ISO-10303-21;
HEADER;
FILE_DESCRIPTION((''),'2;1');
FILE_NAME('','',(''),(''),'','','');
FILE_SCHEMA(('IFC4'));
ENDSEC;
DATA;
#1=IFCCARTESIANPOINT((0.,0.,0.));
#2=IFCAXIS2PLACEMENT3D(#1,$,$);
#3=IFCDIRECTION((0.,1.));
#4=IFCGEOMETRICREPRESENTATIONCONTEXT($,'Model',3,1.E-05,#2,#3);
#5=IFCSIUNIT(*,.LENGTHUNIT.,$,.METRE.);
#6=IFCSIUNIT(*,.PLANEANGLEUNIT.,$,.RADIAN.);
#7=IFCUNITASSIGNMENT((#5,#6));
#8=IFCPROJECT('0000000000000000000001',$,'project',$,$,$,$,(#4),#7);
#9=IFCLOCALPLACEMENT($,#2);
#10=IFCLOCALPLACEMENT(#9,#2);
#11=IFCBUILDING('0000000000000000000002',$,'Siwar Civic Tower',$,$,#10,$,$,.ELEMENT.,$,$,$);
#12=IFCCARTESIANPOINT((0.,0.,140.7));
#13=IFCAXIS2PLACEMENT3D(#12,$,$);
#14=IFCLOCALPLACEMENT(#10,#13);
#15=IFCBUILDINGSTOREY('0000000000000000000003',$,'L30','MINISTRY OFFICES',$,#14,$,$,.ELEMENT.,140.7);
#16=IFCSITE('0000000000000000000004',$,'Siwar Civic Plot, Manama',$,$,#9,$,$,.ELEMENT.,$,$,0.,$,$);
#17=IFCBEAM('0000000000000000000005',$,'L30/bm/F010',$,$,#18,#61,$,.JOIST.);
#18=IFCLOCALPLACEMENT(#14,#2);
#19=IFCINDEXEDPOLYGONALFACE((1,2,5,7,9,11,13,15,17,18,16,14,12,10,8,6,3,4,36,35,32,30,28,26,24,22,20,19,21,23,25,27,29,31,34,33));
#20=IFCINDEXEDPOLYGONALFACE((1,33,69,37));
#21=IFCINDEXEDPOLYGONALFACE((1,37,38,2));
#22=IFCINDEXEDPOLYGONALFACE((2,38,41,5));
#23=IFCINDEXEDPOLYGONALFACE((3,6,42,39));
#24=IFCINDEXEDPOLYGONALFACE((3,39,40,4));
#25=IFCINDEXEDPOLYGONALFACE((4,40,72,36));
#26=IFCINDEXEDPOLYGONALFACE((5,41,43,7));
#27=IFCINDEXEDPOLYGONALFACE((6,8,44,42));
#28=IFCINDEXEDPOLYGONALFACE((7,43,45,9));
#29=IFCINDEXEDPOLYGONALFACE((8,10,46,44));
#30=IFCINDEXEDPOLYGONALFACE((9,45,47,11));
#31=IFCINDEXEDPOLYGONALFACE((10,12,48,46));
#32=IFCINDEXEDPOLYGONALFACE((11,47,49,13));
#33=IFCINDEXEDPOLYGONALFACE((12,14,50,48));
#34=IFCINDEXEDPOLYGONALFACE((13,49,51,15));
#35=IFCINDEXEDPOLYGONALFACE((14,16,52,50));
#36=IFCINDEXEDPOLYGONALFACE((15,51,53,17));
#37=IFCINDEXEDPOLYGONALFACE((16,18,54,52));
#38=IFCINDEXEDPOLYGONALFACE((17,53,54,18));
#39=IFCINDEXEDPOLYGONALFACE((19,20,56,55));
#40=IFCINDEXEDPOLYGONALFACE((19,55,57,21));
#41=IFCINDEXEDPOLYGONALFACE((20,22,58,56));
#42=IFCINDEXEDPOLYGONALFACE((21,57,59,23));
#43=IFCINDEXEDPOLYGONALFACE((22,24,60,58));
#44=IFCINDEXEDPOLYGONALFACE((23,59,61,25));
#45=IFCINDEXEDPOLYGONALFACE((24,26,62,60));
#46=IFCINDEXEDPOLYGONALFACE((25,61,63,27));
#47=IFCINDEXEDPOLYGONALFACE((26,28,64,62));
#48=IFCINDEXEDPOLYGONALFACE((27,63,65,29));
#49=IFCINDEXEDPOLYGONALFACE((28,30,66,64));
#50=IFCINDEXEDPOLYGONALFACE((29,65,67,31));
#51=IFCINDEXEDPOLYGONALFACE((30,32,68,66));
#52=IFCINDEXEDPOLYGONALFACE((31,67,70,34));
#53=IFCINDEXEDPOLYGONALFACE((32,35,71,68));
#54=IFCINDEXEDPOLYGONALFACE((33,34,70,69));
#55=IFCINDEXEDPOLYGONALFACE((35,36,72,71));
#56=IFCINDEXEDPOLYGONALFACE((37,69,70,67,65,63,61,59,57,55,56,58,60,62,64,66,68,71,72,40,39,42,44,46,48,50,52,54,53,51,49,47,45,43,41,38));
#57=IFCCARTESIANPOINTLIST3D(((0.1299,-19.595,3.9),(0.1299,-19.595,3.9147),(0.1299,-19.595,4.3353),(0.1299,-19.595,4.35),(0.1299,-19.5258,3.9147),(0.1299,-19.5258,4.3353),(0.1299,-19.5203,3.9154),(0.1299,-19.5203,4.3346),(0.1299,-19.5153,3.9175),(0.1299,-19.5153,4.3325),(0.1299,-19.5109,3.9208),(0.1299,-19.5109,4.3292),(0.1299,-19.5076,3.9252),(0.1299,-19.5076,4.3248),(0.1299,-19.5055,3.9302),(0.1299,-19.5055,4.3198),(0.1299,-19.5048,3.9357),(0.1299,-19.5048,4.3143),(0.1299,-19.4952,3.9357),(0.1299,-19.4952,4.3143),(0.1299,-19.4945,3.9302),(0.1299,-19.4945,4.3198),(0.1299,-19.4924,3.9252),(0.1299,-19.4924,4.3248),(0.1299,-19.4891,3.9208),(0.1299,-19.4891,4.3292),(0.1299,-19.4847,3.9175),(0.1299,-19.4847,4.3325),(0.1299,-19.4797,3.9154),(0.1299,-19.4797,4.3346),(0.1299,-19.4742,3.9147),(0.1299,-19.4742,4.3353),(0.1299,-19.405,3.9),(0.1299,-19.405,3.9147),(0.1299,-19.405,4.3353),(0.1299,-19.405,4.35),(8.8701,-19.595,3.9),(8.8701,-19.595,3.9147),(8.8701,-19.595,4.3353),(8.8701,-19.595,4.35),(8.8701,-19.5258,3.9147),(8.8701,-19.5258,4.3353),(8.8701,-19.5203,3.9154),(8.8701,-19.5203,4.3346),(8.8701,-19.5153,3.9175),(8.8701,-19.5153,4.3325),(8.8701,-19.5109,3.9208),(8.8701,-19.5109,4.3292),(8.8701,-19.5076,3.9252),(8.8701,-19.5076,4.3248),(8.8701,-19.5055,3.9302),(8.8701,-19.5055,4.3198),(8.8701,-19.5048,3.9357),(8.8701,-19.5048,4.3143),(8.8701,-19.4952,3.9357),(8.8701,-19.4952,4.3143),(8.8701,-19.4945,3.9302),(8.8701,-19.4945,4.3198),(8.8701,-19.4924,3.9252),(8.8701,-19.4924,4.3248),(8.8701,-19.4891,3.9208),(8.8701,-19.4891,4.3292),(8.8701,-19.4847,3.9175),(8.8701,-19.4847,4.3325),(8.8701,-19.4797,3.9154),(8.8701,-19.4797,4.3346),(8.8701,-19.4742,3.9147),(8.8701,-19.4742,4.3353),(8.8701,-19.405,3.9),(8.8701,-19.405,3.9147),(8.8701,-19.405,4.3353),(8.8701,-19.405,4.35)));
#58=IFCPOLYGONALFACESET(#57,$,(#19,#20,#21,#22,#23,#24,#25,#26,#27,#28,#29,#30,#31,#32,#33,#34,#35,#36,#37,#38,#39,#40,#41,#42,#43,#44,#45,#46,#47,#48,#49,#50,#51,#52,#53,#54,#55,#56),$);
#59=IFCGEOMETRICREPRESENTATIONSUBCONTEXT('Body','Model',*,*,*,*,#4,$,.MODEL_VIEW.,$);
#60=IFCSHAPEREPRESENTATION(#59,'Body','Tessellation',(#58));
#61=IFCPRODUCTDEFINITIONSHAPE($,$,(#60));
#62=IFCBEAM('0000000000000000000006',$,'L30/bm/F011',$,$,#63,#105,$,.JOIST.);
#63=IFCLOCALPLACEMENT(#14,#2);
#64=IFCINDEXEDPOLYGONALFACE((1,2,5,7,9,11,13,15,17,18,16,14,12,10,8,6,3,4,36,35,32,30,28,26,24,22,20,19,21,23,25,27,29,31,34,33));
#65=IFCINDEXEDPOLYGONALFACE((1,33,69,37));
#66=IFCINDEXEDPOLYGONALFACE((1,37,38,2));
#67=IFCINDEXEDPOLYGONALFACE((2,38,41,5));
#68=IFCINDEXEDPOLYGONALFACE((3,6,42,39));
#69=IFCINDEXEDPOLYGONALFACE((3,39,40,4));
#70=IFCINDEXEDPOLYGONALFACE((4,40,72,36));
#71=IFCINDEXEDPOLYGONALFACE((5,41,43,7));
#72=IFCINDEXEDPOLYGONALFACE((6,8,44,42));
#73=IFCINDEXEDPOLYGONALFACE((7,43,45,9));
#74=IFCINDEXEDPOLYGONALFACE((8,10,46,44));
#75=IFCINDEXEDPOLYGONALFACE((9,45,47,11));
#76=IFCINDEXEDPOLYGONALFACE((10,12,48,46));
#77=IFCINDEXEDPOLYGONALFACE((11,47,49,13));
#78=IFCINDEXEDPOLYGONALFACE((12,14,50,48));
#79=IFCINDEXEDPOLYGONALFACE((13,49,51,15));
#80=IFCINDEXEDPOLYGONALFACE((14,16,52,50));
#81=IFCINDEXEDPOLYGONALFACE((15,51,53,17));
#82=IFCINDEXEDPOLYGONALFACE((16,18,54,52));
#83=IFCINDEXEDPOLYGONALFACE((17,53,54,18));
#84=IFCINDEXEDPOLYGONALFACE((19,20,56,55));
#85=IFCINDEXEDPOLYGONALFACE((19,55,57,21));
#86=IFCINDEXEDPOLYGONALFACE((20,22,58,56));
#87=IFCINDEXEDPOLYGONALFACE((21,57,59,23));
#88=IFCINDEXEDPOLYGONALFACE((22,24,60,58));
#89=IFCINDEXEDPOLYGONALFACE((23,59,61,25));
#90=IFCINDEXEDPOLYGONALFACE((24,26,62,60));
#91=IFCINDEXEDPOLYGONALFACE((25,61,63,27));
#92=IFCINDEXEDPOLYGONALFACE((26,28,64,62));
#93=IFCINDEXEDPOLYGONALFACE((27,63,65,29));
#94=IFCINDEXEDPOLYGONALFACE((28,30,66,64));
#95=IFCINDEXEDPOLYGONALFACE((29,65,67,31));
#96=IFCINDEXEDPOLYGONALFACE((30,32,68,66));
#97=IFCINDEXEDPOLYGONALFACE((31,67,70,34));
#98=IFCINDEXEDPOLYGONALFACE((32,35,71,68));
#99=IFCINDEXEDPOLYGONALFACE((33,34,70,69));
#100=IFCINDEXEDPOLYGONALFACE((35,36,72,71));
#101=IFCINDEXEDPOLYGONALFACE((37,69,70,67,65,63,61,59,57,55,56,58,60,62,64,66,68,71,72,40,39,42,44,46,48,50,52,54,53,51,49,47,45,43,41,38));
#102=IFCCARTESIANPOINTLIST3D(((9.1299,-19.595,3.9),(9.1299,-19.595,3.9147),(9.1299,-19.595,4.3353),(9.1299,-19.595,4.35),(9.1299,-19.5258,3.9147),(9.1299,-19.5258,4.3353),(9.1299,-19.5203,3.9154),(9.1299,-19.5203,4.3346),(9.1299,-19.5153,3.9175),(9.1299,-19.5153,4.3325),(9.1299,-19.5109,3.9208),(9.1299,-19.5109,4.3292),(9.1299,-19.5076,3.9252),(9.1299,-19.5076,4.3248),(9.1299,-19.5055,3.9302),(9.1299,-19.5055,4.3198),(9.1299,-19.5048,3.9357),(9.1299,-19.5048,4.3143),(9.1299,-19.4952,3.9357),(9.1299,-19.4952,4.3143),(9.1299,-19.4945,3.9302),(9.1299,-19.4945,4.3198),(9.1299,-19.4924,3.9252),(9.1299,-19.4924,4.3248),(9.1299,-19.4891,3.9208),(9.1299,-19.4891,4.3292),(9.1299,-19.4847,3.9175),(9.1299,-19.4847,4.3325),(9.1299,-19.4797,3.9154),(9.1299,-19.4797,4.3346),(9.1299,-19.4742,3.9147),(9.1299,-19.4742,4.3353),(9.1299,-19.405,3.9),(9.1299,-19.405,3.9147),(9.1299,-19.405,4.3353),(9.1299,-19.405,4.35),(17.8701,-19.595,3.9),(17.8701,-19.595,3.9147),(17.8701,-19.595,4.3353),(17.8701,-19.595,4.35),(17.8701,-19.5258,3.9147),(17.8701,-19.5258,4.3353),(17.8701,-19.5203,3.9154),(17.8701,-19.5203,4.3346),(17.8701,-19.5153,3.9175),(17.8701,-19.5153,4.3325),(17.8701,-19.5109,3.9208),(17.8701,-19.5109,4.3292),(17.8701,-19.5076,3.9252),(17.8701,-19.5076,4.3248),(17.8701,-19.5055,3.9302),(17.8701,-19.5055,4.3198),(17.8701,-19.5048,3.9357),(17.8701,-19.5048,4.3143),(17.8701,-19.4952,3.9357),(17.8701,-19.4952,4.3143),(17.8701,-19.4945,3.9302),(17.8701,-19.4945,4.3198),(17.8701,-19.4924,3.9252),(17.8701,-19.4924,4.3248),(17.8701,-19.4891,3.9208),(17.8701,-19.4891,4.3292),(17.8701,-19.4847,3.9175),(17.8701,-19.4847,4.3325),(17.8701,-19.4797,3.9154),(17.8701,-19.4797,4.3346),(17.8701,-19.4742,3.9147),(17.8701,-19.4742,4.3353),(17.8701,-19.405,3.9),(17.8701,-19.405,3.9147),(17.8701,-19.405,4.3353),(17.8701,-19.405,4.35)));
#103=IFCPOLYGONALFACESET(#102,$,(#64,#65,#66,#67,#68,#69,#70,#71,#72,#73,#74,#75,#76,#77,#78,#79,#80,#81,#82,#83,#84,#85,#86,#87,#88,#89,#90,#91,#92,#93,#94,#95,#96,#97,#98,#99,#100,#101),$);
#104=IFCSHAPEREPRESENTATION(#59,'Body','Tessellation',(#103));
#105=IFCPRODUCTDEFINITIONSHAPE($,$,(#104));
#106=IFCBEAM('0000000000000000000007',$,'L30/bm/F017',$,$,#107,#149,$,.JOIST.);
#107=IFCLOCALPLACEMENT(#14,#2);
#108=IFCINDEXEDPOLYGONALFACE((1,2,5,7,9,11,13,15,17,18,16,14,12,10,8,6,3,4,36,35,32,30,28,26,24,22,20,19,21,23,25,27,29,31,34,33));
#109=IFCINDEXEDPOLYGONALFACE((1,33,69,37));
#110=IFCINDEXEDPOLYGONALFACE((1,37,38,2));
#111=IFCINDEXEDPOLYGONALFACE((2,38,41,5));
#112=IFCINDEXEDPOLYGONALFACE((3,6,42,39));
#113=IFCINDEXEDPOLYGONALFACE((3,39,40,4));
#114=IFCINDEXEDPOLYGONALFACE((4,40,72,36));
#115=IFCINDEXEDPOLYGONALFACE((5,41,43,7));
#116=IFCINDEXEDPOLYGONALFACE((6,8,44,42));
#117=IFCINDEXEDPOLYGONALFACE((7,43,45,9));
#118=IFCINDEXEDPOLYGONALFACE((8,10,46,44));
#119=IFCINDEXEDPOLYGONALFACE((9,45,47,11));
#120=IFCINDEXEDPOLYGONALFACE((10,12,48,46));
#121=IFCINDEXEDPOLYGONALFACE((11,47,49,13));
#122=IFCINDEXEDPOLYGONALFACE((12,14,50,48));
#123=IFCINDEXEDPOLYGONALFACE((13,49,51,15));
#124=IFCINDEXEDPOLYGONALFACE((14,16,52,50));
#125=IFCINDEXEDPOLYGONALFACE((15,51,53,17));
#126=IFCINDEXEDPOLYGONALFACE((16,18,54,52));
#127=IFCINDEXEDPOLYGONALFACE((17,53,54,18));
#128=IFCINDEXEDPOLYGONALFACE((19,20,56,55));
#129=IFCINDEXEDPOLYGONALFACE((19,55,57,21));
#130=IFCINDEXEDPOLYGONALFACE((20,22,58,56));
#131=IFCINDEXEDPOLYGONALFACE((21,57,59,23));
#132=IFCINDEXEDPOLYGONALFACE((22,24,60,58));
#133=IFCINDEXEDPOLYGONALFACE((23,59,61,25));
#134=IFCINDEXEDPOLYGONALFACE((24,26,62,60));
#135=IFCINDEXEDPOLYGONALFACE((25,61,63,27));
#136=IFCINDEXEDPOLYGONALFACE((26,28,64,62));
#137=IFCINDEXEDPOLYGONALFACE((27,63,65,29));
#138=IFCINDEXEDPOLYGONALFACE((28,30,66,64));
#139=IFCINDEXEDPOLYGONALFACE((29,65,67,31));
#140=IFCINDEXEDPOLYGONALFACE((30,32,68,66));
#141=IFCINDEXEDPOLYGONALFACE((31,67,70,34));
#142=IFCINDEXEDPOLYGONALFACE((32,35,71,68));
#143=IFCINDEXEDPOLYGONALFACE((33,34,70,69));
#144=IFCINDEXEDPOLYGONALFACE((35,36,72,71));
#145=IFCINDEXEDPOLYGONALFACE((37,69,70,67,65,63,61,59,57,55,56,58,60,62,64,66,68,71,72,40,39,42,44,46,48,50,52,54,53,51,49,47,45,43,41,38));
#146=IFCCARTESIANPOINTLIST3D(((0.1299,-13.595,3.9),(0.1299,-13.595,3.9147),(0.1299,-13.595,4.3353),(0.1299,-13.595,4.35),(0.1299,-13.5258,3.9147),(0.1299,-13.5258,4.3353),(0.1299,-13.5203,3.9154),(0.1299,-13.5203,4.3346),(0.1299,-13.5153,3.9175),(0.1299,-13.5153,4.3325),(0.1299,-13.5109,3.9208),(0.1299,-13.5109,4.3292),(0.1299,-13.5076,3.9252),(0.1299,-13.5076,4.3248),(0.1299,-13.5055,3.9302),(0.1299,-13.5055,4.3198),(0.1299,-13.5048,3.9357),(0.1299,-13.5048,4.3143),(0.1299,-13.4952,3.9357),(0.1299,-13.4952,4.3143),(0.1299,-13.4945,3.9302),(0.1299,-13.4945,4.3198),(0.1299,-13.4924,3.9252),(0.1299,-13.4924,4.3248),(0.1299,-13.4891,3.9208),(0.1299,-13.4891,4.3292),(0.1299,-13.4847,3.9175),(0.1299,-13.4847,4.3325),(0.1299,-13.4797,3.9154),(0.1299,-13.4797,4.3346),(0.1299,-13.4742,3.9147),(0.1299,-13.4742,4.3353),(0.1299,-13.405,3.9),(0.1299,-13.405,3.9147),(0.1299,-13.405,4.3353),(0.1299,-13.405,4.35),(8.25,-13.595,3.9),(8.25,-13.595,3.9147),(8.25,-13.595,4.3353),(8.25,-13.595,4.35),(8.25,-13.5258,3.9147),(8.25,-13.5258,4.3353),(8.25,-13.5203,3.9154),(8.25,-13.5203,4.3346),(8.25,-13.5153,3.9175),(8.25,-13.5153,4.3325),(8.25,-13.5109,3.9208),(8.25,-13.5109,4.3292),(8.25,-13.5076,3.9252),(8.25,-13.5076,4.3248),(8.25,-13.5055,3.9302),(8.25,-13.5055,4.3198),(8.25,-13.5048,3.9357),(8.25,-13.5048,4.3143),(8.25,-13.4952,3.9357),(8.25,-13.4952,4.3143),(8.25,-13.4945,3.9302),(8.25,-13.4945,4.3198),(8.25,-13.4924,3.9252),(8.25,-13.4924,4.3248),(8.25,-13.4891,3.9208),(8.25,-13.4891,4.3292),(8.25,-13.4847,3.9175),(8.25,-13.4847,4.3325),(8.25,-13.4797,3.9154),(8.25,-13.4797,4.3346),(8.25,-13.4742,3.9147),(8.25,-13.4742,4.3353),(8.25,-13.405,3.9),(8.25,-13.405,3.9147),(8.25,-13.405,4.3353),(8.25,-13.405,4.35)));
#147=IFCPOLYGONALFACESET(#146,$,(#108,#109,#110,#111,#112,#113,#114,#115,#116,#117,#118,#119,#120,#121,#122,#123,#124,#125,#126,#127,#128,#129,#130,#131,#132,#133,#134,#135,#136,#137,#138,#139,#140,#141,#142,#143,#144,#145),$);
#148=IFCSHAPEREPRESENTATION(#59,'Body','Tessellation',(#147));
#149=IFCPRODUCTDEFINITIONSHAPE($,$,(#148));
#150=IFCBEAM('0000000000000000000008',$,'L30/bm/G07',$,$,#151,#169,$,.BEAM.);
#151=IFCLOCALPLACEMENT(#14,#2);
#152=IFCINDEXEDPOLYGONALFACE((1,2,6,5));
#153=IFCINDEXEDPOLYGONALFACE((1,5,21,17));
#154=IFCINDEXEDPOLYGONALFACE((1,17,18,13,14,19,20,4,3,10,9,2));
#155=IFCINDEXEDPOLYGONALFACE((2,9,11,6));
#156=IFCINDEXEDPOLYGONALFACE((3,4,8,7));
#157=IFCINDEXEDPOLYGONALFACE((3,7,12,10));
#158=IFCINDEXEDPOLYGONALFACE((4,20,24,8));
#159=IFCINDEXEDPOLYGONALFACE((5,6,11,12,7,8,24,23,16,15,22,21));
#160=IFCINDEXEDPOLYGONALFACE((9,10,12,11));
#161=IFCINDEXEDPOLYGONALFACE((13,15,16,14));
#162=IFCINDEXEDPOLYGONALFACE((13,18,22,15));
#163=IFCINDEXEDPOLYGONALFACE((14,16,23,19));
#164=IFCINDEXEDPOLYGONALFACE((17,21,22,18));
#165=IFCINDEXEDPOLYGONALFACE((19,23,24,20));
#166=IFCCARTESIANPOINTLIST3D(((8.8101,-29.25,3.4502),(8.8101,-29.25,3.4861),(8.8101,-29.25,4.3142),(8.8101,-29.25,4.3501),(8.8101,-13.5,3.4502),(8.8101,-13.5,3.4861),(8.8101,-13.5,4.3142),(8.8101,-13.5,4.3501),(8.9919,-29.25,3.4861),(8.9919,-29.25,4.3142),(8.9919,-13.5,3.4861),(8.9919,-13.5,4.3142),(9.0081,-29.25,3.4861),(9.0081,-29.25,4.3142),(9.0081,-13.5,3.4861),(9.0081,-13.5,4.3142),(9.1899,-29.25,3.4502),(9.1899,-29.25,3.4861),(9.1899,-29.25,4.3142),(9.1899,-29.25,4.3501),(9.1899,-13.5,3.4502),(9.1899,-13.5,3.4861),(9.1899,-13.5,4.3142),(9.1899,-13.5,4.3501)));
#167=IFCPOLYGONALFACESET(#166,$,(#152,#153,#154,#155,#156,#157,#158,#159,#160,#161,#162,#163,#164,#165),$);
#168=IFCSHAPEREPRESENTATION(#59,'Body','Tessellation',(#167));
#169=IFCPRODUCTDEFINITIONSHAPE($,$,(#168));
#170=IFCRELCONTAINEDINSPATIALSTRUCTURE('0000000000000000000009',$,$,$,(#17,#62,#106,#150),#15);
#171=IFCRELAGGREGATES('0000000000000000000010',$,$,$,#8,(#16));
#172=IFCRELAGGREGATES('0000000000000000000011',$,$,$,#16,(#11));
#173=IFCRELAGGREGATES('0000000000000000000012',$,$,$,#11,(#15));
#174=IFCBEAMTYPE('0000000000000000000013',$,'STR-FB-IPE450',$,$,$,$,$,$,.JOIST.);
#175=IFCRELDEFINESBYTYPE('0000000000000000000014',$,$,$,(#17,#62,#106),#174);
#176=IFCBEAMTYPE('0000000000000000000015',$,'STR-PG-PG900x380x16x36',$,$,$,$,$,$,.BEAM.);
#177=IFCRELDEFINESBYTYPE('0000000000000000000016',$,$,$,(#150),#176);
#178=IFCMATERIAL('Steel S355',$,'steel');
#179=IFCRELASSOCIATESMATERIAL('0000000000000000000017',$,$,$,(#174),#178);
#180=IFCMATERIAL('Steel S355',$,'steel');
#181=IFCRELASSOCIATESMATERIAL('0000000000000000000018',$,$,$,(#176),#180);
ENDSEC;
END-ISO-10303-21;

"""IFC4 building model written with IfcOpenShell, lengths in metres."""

from ifc_helpers import new_model, si_unit, direction, frame, origin, origin_2d, place, context, subcontext, project, spatial, i_section, extrude, material, material_profile, profile_set, type_object, element, save


model = new_model("IFC4")

# Units and contexts
model_context = context("Model", 3, precision=1e-05, world=origin(), true_north=direction((0.0, 1.0)))
body_context = subcontext(model_context, "Body", "Model", "MODEL_VIEW")
ifc_project = project(units=[si_unit("LENGTHUNIT", "METRE"), si_unit("PLANEANGLEUNIT", "RADIAN")], contexts=[model_context])

# Site, building, storey
site_placement = place(None, origin())
site = spatial("IfcSite", under=ifc_project, at=site_placement, Name="Siwar Civic Plot, Manama", CompositionType="ELEMENT", RefElevation=0.0)
building_placement = place(site_placement, origin())
building = spatial("IfcBuilding", under=site, at=building_placement, Name="Siwar Civic Tower", CompositionType="ELEMENT")
storey_placement = place(building_placement, frame((0.0, 0.0, 140.7)))
storey = spatial("IfcBuildingStorey", under=building, at=storey_placement, Name="L30", Description="MINISTRY OFFICES", CompositionType="ELEMENT", Elevation=140.7)

# Beams
ifc_material_1 = material(Name="Steel S355", Category="steel")
ifc_material_profile_1 = material_profile(ifc_material_1, i_section(OverallWidth=0.1899, OverallDepth=0.45, WebThickness=0.0095, FlangeThickness=0.0146, FilletRadius=0.021, at=origin_2d()), Name="IPE450")
ifc_profile_set_1 = profile_set([ifc_material_profile_1], Name="Steel S355")
beam_type_1 = type_object("IfcBeamType", Name="STR-FB-IPE450", PredefinedType="JOIST", material=ifc_profile_set_1)
for number, where, z_axis, x_axis, name in (
    (1, (0.1299, -19.5, 4.125), (1.0, 0.0, 0.0), (0.0, 1.0, 0.0), "L30/bm/F010"),
    (2, (9.1299, -19.5, 4.125), (1.0, 0.0, 0.0), (0.0, 1.0, 0.0), "L30/bm/F011"),
):
    element("IfcBeam", number, at=place(storey_placement, frame(where, z_axis=z_axis, x_axis=x_axis)), inside=storey, type_object=beam_type_1, Name=name, PredefinedType="JOIST", context=body_context, shape_type="SweptSolid", body=[
        extrude(i_section(OverallWidth=0.1899, OverallDepth=0.45, WebThickness=0.0095, FlangeThickness=0.0146, FilletRadius=0.021, at=origin_2d()), origin(), (0.0, 0.0, 1.0), 8.7402),
    ])
beam_1_placement = place(storey_placement, frame((0.1299, -13.5, 4.125), z_axis=(1.0, 0.0, 0.0), x_axis=(0.0, 1.0, 0.0)))
element("IfcBeam", 3, at=beam_1_placement, inside=storey, type_object=beam_type_1, Name="L30/bm/F017", PredefinedType="JOIST", context=body_context, shape_type="SweptSolid", body=[
    extrude(i_section(OverallWidth=0.1899, OverallDepth=0.45, WebThickness=0.0095, FlangeThickness=0.0146, FilletRadius=0.021, at=origin_2d()), origin(), (0.0, 0.0, 1.0), 8.1201),
])
ifc_material_2 = material(Name="Steel S355", Category="steel")
ifc_material_profile_2 = material_profile(ifc_material_2, i_section(OverallWidth=0.3799, OverallDepth=0.8999, WebThickness=0.0161, FlangeThickness=0.0359, at=origin_2d()), Name="PG900x380x16x36")
ifc_profile_set_2 = profile_set([ifc_material_profile_2], Name="Steel S355")
beam_type_2 = type_object("IfcBeamType", Name="STR-PG-PG900x380x16x36", PredefinedType="BEAM", material=ifc_profile_set_2)
beam_2_placement = place(storey_placement, frame((9.0, -29.25, 3.9001), z_axis=(0.0, 1.0, 0.0), x_axis=(-1.0, 0.0, 0.0)))
element("IfcBeam", 4, at=beam_2_placement, inside=storey, type_object=beam_type_2, Name="L30/bm/G07", PredefinedType="BEAM", context=body_context, shape_type="SweptSolid", body=[
    extrude(i_section(OverallWidth=0.3799, OverallDepth=0.8999, WebThickness=0.0161, FlangeThickness=0.0359, at=origin_2d()), origin(), (0.0, 0.0, 1.0), 15.75),
])

save(model, "model.ifc")
